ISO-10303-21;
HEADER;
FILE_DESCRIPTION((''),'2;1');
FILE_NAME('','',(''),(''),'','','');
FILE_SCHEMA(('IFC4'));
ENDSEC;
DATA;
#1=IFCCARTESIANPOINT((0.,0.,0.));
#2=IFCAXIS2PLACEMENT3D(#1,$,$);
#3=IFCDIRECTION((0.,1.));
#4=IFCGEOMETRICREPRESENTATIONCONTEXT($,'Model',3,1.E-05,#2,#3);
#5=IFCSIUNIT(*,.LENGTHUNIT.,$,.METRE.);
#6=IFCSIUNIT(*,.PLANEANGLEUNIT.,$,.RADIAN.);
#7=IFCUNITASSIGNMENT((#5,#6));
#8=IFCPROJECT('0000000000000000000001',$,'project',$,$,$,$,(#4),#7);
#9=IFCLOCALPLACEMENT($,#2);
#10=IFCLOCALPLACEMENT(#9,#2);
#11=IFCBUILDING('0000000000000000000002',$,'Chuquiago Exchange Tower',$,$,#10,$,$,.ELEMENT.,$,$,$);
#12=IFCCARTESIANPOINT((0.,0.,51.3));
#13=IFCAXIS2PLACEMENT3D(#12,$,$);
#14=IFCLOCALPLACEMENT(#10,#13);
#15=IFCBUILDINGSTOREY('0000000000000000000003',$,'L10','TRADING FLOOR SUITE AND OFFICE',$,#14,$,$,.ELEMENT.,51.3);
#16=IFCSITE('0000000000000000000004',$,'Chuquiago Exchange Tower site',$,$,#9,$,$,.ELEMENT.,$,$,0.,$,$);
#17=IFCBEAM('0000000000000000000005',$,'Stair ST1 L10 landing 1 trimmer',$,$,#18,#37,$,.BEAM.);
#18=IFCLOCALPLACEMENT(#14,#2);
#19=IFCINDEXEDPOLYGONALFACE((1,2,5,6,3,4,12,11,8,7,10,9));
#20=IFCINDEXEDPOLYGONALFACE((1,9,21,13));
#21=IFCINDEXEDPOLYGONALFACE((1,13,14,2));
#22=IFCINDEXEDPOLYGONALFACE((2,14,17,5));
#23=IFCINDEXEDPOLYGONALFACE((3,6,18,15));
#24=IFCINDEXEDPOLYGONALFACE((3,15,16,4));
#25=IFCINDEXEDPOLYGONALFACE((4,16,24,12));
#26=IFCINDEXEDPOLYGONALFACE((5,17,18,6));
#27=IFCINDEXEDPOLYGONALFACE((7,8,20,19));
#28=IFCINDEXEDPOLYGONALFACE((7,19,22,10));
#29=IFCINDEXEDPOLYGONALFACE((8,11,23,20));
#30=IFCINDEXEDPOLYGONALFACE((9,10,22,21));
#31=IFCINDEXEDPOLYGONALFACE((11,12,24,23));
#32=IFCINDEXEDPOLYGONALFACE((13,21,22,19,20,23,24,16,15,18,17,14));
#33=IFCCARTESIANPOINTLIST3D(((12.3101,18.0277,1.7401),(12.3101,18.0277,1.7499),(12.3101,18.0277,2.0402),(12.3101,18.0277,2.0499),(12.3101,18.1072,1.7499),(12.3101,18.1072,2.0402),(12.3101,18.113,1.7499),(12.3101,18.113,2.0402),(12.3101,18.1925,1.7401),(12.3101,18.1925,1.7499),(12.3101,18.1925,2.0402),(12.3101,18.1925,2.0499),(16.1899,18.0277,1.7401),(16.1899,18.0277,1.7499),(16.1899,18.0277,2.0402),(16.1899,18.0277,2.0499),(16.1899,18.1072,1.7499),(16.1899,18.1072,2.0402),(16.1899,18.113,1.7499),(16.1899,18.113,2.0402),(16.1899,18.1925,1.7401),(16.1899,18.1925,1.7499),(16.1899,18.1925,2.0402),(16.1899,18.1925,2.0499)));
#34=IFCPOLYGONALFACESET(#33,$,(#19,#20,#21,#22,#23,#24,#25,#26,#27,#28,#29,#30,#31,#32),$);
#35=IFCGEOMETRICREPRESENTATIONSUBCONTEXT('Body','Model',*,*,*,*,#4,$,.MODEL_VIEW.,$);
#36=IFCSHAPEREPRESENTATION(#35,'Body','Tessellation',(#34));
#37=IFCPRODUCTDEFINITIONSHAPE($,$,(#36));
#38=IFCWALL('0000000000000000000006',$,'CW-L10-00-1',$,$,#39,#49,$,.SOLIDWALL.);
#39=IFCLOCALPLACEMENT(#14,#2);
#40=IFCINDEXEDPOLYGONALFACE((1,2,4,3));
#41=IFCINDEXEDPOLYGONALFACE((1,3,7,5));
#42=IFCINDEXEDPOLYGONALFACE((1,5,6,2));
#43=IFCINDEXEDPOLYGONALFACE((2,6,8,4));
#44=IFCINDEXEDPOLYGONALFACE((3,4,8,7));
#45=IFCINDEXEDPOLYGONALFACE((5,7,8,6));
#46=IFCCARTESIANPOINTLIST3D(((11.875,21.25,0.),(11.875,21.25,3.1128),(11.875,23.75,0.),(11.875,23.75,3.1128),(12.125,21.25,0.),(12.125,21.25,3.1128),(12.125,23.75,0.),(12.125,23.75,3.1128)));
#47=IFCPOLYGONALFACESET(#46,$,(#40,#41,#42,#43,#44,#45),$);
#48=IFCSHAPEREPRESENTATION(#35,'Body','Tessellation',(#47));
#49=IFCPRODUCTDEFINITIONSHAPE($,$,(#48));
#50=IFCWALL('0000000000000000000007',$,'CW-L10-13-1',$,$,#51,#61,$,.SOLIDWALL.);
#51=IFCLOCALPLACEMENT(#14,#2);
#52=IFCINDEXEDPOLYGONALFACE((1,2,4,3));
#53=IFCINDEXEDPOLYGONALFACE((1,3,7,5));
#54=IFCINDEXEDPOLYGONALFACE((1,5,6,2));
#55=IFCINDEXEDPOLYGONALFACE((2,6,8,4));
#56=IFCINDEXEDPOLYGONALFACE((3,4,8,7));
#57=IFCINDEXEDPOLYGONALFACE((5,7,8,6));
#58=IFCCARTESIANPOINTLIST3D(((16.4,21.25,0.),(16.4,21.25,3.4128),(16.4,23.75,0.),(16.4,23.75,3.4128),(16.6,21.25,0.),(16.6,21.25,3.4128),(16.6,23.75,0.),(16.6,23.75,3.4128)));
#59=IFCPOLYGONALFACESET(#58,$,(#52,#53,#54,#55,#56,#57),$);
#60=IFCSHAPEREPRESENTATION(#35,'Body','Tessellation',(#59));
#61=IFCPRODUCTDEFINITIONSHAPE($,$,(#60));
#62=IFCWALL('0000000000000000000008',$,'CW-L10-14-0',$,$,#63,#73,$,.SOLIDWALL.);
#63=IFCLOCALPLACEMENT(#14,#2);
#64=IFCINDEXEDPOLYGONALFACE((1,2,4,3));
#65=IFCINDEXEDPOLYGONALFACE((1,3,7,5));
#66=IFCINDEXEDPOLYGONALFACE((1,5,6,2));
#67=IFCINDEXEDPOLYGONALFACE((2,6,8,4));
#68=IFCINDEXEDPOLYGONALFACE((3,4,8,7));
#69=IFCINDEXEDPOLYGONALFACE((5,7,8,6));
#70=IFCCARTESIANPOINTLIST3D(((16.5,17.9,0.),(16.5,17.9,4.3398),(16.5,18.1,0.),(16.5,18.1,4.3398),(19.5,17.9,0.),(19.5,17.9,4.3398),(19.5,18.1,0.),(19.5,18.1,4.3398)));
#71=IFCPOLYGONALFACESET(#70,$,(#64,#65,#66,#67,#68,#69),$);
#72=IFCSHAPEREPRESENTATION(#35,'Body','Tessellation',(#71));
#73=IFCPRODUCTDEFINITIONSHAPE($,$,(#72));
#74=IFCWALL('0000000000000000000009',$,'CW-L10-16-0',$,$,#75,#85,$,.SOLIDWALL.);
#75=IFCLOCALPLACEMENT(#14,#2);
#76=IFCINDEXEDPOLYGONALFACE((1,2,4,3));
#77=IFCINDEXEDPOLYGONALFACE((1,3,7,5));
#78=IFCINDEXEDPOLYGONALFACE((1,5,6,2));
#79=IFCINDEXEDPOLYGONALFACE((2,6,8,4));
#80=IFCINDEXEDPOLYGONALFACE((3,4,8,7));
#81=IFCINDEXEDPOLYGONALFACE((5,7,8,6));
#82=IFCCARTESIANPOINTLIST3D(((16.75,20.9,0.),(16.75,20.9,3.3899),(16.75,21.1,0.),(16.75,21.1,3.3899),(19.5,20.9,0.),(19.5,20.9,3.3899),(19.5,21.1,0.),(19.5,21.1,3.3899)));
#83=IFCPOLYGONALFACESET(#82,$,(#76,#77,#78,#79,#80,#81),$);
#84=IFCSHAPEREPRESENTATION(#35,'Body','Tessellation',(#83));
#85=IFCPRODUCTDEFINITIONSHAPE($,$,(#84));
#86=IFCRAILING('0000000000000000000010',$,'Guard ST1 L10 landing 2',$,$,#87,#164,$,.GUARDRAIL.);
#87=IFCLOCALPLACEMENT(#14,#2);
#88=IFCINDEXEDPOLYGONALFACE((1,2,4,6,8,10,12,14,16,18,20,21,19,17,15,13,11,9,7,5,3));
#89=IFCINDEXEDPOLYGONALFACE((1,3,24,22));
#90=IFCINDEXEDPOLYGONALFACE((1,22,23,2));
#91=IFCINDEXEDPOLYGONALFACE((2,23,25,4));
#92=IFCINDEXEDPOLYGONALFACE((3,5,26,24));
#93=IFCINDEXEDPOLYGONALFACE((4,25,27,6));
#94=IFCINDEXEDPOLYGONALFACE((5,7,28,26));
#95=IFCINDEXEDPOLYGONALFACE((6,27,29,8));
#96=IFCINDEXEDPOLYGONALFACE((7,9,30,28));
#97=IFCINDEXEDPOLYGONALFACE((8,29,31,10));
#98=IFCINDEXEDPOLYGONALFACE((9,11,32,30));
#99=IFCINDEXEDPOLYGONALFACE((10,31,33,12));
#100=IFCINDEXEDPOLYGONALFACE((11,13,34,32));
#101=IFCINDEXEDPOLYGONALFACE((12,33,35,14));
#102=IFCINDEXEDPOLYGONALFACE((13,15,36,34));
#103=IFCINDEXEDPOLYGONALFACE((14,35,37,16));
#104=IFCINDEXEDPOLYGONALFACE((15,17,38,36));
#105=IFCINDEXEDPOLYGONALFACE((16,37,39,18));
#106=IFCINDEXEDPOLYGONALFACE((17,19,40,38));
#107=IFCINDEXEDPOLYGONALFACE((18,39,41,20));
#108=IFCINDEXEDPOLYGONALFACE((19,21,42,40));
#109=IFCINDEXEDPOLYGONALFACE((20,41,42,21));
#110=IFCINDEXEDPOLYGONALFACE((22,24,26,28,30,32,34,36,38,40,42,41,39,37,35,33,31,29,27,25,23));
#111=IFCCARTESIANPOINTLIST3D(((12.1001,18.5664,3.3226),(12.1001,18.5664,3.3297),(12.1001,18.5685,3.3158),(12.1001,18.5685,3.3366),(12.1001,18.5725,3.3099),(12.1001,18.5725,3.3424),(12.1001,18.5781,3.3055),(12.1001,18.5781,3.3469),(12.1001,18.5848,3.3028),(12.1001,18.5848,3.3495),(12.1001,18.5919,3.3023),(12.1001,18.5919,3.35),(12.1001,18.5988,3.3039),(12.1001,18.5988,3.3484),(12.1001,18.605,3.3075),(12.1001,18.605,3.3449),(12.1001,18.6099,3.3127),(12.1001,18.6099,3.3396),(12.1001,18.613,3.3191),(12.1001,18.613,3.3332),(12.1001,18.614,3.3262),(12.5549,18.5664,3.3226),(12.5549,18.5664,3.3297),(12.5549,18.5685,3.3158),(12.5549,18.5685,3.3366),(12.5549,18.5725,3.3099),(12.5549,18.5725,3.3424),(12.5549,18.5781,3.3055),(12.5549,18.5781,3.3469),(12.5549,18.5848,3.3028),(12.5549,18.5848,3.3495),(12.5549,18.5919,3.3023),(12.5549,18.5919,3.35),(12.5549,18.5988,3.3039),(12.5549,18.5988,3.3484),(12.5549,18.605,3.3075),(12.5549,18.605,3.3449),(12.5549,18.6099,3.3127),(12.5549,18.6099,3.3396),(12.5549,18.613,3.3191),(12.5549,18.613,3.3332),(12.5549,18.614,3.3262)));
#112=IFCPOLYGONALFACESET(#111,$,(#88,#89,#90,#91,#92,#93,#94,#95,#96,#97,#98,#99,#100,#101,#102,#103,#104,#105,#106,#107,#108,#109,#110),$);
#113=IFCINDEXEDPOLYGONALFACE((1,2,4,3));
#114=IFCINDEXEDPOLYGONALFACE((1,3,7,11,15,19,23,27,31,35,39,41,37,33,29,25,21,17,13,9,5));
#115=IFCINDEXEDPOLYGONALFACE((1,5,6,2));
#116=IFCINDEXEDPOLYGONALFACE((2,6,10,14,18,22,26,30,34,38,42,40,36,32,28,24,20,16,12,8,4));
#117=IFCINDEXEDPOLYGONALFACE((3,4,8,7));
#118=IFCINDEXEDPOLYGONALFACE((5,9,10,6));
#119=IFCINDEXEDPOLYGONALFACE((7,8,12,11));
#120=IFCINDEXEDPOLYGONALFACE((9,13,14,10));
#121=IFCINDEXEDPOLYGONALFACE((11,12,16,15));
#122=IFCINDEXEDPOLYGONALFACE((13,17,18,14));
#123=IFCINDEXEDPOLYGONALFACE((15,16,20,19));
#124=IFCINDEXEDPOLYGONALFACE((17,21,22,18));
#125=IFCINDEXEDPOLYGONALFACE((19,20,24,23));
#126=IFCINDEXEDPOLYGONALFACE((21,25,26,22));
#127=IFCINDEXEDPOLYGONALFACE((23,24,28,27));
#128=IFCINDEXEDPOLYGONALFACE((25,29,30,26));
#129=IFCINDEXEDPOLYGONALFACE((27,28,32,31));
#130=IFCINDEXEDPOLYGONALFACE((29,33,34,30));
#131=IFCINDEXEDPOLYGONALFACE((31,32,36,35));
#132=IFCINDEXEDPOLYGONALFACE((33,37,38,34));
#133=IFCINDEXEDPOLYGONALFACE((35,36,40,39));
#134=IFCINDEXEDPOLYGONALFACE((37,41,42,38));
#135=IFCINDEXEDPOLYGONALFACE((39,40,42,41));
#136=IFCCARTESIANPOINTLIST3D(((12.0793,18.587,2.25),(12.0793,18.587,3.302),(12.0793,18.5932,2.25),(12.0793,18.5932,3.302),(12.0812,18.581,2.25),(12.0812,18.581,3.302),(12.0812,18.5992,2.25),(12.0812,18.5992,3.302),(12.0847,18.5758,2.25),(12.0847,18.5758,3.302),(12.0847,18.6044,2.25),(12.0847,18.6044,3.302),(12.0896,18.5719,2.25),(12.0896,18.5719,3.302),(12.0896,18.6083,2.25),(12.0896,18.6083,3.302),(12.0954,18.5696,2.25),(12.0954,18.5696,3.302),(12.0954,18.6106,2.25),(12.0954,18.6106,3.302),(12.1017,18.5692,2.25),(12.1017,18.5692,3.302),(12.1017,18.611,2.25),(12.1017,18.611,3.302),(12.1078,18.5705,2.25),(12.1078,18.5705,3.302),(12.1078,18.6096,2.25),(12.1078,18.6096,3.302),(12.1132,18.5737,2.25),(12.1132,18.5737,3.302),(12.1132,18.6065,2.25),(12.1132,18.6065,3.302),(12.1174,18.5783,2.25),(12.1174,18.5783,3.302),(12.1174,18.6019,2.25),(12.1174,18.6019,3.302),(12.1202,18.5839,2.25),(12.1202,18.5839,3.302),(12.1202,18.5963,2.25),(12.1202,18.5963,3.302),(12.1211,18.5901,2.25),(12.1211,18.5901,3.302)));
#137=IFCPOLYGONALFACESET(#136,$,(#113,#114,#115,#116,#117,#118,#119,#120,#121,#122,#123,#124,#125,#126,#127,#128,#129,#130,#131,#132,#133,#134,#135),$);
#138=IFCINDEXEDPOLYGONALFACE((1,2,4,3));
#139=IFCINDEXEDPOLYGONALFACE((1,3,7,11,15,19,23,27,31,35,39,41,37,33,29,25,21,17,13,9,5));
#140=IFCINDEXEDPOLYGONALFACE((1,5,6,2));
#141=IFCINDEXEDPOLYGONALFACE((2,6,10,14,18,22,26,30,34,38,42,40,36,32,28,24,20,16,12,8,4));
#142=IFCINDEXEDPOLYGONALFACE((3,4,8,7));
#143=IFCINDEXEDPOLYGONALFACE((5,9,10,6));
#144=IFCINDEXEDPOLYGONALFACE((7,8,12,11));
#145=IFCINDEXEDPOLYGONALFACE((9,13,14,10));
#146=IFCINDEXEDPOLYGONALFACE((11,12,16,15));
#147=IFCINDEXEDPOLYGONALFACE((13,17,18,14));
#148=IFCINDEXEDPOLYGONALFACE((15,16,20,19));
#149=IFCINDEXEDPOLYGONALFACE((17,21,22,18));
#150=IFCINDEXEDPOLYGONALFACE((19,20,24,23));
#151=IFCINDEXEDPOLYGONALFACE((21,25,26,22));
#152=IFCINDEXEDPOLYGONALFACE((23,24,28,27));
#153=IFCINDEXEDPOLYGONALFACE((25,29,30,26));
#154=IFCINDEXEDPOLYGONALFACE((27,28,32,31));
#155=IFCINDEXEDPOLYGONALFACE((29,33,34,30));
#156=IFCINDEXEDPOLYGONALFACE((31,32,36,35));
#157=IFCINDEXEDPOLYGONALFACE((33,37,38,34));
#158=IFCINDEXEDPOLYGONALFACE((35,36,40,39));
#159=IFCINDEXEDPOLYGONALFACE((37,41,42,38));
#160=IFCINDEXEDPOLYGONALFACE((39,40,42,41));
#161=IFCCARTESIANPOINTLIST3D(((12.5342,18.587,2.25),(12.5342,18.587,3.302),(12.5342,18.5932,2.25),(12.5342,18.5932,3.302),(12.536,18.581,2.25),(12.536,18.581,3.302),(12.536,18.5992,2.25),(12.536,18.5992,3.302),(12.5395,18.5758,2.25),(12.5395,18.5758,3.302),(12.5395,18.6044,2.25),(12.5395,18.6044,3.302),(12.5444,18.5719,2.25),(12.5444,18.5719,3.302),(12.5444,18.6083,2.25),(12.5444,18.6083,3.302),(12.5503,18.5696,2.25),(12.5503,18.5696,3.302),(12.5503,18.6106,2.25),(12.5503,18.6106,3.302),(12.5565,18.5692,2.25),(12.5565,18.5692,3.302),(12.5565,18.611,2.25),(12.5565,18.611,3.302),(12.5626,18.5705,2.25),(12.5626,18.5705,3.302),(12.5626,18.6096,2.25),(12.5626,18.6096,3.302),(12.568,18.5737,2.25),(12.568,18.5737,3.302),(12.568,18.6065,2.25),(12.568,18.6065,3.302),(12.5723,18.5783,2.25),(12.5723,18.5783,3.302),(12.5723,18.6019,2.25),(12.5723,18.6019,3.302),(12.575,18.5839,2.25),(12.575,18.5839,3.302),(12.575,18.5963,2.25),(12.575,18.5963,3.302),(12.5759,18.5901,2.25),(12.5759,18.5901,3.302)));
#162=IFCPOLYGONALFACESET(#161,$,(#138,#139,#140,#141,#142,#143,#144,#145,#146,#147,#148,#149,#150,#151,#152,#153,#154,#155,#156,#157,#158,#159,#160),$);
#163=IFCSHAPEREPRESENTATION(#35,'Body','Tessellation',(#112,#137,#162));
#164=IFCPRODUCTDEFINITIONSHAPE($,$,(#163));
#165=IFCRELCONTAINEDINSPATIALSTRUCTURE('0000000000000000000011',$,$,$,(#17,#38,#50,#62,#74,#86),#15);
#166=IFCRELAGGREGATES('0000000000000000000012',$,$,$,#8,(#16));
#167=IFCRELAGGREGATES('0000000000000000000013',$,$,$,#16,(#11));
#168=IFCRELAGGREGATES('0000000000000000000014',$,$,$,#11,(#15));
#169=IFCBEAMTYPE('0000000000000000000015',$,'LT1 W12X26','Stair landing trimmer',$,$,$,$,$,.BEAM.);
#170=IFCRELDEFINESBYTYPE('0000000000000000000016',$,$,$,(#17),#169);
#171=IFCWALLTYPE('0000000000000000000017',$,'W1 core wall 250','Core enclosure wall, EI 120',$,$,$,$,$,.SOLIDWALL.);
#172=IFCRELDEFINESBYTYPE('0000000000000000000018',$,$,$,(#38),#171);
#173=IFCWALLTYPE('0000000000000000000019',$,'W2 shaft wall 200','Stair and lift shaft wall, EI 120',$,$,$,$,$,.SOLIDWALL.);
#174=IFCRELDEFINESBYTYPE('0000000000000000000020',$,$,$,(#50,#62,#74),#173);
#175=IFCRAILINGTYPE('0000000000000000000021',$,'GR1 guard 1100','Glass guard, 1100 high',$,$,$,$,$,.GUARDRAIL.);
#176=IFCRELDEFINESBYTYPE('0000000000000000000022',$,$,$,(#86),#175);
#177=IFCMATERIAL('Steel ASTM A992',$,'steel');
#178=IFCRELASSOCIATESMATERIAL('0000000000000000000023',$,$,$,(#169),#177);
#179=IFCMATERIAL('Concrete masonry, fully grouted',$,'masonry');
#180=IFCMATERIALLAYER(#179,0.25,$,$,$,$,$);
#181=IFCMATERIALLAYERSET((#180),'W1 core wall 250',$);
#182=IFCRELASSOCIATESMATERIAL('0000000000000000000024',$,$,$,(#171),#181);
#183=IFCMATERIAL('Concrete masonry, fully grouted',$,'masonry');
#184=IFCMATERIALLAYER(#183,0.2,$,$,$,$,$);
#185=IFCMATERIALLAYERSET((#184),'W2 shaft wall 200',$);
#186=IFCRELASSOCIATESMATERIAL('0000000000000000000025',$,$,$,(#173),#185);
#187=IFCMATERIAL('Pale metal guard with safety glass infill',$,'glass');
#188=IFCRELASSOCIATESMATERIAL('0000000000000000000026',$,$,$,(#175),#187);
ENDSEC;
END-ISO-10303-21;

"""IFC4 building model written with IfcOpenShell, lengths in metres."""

from ifc_helpers import new_model, si_unit, direction, frame, frame_2d, origin, origin_2d, place, context, subcontext, project, spatial, rectangle, circle, i_section, extrude, material, layer, layer_set, material_profile, profile_set, type_object, element, save


model = new_model("IFC4")

# Units and contexts
model_context = context("Model", 3, precision=1e-05, world=origin(), true_north=direction((0.0, 1.0)))
body_context = subcontext(model_context, "Body", "Model", "MODEL_VIEW")
ifc_project = project(units=[si_unit("LENGTHUNIT", "METRE"), si_unit("PLANEANGLEUNIT", "RADIAN")], contexts=[model_context])

# Site, building, storey
site_placement = place(None, origin())
site = spatial("IfcSite", under=ifc_project, at=site_placement, Name="Chuquiago Exchange Tower site", CompositionType="ELEMENT", RefElevation=0.0)
building_placement = place(site_placement, origin())
building = spatial("IfcBuilding", under=site, at=building_placement, Name="Chuquiago Exchange Tower", CompositionType="ELEMENT")
storey_placement = place(building_placement, frame((0.0, 0.0, 51.3)))
storey = spatial("IfcBuildingStorey", under=building, at=storey_placement, Name="L10", Description="TRADING FLOOR SUITE AND OFFICE", CompositionType="ELEMENT", Elevation=51.3)

# Beam
ifc_material_1 = material(Name="Steel ASTM A992", Category="steel")
ifc_material_profile_1 = material_profile(ifc_material_1, i_section(OverallWidth=0.1648, OverallDepth=0.3098, WebThickness=0.0059, FlangeThickness=0.0098, at=origin_2d()), Name="W12X26")
ifc_profile_set_1 = profile_set([ifc_material_profile_1], Name="Steel ASTM A992")
beam_type_1 = type_object("IfcBeamType", Name="LT1 W12X26", Description="Stair landing trimmer", PredefinedType="BEAM", material=ifc_profile_set_1)
beam_1_placement = place(storey_placement, frame((12.3101, 18.1101, 1.895), z_axis=(1.0, 0.0, 0.0), x_axis=(0.0, 1.0, 0.0)))
element("IfcBeam", 1, at=beam_1_placement, inside=storey, type_object=beam_type_1, Name="Stair ST1 L10 landing 1 trimmer", PredefinedType="BEAM", context=body_context, shape_type="SweptSolid", body=[
    extrude(i_section(OverallWidth=0.1648, OverallDepth=0.3098, WebThickness=0.0059, FlangeThickness=0.0098, at=origin_2d()), origin(), (0.0, 0.0, 1.0), 3.8799),
])

# Walls
ifc_material_2 = material(Name="Concrete masonry, fully grouted", Category="masonry")
ifc_layer_1 = layer(ifc_material_2, 0.25)
ifc_layer_set_1 = layer_set([ifc_layer_1], Name="W1 core wall 250")
wall_type_1 = type_object("IfcWallType", Name="W1 core wall 250", Description="Core enclosure wall, EI 120", PredefinedType="SOLIDWALL", material=ifc_layer_set_1)
wall_1_placement = place(storey_placement, frame((12.0, 21.25, 0.0), z_axis=(0.0, 0.0, 1.0), x_axis=(0.0, 1.0, 0.0)))
element("IfcWall", 2, at=wall_1_placement, inside=storey, type_object=wall_type_1, Name="CW-L10-00-1", PredefinedType="SOLIDWALL", context=body_context, shape_type="SweptSolid", body=[
    extrude(rectangle(XDim=2.5, YDim=0.25, at=frame_2d((1.25, 0.0))), origin(), (0.0, 0.0, 1.0), 3.1128),
])
ifc_material_3 = material(Name="Concrete masonry, fully grouted", Category="masonry")
ifc_layer_2 = layer(ifc_material_3, 0.2)
ifc_layer_set_2 = layer_set([ifc_layer_2], Name="W2 shaft wall 200")
wall_type_2 = type_object("IfcWallType", Name="W2 shaft wall 200", Description="Stair and lift shaft wall, EI 120", PredefinedType="SOLIDWALL", material=ifc_layer_set_2)
wall_2_placement = place(storey_placement, frame((16.5, 21.25, 0.0), z_axis=(0.0, 0.0, 1.0), x_axis=(0.0, 1.0, 0.0)))
element("IfcWall", 3, at=wall_2_placement, inside=storey, type_object=wall_type_2, Name="CW-L10-13-1", PredefinedType="SOLIDWALL", context=body_context, shape_type="SweptSolid", body=[
    extrude(rectangle(XDim=2.5, YDim=0.2, at=frame_2d((1.25, 0.0))), origin(), (0.0, 0.0, 1.0), 3.4128),
])
wall_3_placement = place(storey_placement, frame((16.5, 18.0, 0.0), z_axis=(0.0, 0.0, 1.0), x_axis=(1.0, 0.0, 0.0)))
element("IfcWall", 4, at=wall_3_placement, inside=storey, type_object=wall_type_2, Name="CW-L10-14-0", PredefinedType="SOLIDWALL", context=body_context, shape_type="SweptSolid", body=[
    extrude(rectangle(XDim=3.0, YDim=0.2, at=frame_2d((1.5, 0.0))), origin(), (0.0, 0.0, 1.0), 4.3398),
])
wall_4_placement = place(storey_placement, frame((16.75, 21.0, 0.0), z_axis=(0.0, 0.0, 1.0), x_axis=(1.0, 0.0, 0.0)))
element("IfcWall", 5, at=wall_4_placement, inside=storey, type_object=wall_type_2, Name="CW-L10-16-0", PredefinedType="SOLIDWALL", context=body_context, shape_type="SweptSolid", body=[
    extrude(rectangle(XDim=2.75, YDim=0.2, at=frame_2d((1.375, 0.0))), origin(), (0.0, 0.0, 1.0), 3.3899),
])

# Railing
ifc_material_4 = material(Name="Pale metal guard with safety glass infill", Category="glass")
railing_type_1 = type_object("IfcRailingType", Name="GR1 guard 1100", Description="Glass guard, 1100 high", PredefinedType="GUARDRAIL", material=ifc_material_4)
for number, where, name in (
    (6, (12.1001, 18.5901, 2.25), "Guard ST1 L10 landing 2"),
):
    element("IfcRailing", number, at=place(storey_placement, frame(where)), inside=storey, type_object=railing_type_1, Name=name, PredefinedType="GUARDRAIL", context=body_context, shape_type="SweptSolid", body=[
        extrude(circle(Radius=0.0239, at=origin_2d()), frame((0.0, 0.0, 1.0762), z_axis=(1.0, 0.0, 0.0), x_axis=(0.0, 1.0, 0.0)), (0.0, 0.0, 1.0), 0.4548),
        extrude(circle(Radius=0.021, at=origin_2d()), origin(), (0.0, 0.0, 1.0), 1.052),
        extrude(circle(Radius=0.021, at=origin_2d()), frame((0.4548, 0.0, 0.0)), (0.0, 0.0, 1.0), 1.052),
    ])

save(model, "model.ifc")
